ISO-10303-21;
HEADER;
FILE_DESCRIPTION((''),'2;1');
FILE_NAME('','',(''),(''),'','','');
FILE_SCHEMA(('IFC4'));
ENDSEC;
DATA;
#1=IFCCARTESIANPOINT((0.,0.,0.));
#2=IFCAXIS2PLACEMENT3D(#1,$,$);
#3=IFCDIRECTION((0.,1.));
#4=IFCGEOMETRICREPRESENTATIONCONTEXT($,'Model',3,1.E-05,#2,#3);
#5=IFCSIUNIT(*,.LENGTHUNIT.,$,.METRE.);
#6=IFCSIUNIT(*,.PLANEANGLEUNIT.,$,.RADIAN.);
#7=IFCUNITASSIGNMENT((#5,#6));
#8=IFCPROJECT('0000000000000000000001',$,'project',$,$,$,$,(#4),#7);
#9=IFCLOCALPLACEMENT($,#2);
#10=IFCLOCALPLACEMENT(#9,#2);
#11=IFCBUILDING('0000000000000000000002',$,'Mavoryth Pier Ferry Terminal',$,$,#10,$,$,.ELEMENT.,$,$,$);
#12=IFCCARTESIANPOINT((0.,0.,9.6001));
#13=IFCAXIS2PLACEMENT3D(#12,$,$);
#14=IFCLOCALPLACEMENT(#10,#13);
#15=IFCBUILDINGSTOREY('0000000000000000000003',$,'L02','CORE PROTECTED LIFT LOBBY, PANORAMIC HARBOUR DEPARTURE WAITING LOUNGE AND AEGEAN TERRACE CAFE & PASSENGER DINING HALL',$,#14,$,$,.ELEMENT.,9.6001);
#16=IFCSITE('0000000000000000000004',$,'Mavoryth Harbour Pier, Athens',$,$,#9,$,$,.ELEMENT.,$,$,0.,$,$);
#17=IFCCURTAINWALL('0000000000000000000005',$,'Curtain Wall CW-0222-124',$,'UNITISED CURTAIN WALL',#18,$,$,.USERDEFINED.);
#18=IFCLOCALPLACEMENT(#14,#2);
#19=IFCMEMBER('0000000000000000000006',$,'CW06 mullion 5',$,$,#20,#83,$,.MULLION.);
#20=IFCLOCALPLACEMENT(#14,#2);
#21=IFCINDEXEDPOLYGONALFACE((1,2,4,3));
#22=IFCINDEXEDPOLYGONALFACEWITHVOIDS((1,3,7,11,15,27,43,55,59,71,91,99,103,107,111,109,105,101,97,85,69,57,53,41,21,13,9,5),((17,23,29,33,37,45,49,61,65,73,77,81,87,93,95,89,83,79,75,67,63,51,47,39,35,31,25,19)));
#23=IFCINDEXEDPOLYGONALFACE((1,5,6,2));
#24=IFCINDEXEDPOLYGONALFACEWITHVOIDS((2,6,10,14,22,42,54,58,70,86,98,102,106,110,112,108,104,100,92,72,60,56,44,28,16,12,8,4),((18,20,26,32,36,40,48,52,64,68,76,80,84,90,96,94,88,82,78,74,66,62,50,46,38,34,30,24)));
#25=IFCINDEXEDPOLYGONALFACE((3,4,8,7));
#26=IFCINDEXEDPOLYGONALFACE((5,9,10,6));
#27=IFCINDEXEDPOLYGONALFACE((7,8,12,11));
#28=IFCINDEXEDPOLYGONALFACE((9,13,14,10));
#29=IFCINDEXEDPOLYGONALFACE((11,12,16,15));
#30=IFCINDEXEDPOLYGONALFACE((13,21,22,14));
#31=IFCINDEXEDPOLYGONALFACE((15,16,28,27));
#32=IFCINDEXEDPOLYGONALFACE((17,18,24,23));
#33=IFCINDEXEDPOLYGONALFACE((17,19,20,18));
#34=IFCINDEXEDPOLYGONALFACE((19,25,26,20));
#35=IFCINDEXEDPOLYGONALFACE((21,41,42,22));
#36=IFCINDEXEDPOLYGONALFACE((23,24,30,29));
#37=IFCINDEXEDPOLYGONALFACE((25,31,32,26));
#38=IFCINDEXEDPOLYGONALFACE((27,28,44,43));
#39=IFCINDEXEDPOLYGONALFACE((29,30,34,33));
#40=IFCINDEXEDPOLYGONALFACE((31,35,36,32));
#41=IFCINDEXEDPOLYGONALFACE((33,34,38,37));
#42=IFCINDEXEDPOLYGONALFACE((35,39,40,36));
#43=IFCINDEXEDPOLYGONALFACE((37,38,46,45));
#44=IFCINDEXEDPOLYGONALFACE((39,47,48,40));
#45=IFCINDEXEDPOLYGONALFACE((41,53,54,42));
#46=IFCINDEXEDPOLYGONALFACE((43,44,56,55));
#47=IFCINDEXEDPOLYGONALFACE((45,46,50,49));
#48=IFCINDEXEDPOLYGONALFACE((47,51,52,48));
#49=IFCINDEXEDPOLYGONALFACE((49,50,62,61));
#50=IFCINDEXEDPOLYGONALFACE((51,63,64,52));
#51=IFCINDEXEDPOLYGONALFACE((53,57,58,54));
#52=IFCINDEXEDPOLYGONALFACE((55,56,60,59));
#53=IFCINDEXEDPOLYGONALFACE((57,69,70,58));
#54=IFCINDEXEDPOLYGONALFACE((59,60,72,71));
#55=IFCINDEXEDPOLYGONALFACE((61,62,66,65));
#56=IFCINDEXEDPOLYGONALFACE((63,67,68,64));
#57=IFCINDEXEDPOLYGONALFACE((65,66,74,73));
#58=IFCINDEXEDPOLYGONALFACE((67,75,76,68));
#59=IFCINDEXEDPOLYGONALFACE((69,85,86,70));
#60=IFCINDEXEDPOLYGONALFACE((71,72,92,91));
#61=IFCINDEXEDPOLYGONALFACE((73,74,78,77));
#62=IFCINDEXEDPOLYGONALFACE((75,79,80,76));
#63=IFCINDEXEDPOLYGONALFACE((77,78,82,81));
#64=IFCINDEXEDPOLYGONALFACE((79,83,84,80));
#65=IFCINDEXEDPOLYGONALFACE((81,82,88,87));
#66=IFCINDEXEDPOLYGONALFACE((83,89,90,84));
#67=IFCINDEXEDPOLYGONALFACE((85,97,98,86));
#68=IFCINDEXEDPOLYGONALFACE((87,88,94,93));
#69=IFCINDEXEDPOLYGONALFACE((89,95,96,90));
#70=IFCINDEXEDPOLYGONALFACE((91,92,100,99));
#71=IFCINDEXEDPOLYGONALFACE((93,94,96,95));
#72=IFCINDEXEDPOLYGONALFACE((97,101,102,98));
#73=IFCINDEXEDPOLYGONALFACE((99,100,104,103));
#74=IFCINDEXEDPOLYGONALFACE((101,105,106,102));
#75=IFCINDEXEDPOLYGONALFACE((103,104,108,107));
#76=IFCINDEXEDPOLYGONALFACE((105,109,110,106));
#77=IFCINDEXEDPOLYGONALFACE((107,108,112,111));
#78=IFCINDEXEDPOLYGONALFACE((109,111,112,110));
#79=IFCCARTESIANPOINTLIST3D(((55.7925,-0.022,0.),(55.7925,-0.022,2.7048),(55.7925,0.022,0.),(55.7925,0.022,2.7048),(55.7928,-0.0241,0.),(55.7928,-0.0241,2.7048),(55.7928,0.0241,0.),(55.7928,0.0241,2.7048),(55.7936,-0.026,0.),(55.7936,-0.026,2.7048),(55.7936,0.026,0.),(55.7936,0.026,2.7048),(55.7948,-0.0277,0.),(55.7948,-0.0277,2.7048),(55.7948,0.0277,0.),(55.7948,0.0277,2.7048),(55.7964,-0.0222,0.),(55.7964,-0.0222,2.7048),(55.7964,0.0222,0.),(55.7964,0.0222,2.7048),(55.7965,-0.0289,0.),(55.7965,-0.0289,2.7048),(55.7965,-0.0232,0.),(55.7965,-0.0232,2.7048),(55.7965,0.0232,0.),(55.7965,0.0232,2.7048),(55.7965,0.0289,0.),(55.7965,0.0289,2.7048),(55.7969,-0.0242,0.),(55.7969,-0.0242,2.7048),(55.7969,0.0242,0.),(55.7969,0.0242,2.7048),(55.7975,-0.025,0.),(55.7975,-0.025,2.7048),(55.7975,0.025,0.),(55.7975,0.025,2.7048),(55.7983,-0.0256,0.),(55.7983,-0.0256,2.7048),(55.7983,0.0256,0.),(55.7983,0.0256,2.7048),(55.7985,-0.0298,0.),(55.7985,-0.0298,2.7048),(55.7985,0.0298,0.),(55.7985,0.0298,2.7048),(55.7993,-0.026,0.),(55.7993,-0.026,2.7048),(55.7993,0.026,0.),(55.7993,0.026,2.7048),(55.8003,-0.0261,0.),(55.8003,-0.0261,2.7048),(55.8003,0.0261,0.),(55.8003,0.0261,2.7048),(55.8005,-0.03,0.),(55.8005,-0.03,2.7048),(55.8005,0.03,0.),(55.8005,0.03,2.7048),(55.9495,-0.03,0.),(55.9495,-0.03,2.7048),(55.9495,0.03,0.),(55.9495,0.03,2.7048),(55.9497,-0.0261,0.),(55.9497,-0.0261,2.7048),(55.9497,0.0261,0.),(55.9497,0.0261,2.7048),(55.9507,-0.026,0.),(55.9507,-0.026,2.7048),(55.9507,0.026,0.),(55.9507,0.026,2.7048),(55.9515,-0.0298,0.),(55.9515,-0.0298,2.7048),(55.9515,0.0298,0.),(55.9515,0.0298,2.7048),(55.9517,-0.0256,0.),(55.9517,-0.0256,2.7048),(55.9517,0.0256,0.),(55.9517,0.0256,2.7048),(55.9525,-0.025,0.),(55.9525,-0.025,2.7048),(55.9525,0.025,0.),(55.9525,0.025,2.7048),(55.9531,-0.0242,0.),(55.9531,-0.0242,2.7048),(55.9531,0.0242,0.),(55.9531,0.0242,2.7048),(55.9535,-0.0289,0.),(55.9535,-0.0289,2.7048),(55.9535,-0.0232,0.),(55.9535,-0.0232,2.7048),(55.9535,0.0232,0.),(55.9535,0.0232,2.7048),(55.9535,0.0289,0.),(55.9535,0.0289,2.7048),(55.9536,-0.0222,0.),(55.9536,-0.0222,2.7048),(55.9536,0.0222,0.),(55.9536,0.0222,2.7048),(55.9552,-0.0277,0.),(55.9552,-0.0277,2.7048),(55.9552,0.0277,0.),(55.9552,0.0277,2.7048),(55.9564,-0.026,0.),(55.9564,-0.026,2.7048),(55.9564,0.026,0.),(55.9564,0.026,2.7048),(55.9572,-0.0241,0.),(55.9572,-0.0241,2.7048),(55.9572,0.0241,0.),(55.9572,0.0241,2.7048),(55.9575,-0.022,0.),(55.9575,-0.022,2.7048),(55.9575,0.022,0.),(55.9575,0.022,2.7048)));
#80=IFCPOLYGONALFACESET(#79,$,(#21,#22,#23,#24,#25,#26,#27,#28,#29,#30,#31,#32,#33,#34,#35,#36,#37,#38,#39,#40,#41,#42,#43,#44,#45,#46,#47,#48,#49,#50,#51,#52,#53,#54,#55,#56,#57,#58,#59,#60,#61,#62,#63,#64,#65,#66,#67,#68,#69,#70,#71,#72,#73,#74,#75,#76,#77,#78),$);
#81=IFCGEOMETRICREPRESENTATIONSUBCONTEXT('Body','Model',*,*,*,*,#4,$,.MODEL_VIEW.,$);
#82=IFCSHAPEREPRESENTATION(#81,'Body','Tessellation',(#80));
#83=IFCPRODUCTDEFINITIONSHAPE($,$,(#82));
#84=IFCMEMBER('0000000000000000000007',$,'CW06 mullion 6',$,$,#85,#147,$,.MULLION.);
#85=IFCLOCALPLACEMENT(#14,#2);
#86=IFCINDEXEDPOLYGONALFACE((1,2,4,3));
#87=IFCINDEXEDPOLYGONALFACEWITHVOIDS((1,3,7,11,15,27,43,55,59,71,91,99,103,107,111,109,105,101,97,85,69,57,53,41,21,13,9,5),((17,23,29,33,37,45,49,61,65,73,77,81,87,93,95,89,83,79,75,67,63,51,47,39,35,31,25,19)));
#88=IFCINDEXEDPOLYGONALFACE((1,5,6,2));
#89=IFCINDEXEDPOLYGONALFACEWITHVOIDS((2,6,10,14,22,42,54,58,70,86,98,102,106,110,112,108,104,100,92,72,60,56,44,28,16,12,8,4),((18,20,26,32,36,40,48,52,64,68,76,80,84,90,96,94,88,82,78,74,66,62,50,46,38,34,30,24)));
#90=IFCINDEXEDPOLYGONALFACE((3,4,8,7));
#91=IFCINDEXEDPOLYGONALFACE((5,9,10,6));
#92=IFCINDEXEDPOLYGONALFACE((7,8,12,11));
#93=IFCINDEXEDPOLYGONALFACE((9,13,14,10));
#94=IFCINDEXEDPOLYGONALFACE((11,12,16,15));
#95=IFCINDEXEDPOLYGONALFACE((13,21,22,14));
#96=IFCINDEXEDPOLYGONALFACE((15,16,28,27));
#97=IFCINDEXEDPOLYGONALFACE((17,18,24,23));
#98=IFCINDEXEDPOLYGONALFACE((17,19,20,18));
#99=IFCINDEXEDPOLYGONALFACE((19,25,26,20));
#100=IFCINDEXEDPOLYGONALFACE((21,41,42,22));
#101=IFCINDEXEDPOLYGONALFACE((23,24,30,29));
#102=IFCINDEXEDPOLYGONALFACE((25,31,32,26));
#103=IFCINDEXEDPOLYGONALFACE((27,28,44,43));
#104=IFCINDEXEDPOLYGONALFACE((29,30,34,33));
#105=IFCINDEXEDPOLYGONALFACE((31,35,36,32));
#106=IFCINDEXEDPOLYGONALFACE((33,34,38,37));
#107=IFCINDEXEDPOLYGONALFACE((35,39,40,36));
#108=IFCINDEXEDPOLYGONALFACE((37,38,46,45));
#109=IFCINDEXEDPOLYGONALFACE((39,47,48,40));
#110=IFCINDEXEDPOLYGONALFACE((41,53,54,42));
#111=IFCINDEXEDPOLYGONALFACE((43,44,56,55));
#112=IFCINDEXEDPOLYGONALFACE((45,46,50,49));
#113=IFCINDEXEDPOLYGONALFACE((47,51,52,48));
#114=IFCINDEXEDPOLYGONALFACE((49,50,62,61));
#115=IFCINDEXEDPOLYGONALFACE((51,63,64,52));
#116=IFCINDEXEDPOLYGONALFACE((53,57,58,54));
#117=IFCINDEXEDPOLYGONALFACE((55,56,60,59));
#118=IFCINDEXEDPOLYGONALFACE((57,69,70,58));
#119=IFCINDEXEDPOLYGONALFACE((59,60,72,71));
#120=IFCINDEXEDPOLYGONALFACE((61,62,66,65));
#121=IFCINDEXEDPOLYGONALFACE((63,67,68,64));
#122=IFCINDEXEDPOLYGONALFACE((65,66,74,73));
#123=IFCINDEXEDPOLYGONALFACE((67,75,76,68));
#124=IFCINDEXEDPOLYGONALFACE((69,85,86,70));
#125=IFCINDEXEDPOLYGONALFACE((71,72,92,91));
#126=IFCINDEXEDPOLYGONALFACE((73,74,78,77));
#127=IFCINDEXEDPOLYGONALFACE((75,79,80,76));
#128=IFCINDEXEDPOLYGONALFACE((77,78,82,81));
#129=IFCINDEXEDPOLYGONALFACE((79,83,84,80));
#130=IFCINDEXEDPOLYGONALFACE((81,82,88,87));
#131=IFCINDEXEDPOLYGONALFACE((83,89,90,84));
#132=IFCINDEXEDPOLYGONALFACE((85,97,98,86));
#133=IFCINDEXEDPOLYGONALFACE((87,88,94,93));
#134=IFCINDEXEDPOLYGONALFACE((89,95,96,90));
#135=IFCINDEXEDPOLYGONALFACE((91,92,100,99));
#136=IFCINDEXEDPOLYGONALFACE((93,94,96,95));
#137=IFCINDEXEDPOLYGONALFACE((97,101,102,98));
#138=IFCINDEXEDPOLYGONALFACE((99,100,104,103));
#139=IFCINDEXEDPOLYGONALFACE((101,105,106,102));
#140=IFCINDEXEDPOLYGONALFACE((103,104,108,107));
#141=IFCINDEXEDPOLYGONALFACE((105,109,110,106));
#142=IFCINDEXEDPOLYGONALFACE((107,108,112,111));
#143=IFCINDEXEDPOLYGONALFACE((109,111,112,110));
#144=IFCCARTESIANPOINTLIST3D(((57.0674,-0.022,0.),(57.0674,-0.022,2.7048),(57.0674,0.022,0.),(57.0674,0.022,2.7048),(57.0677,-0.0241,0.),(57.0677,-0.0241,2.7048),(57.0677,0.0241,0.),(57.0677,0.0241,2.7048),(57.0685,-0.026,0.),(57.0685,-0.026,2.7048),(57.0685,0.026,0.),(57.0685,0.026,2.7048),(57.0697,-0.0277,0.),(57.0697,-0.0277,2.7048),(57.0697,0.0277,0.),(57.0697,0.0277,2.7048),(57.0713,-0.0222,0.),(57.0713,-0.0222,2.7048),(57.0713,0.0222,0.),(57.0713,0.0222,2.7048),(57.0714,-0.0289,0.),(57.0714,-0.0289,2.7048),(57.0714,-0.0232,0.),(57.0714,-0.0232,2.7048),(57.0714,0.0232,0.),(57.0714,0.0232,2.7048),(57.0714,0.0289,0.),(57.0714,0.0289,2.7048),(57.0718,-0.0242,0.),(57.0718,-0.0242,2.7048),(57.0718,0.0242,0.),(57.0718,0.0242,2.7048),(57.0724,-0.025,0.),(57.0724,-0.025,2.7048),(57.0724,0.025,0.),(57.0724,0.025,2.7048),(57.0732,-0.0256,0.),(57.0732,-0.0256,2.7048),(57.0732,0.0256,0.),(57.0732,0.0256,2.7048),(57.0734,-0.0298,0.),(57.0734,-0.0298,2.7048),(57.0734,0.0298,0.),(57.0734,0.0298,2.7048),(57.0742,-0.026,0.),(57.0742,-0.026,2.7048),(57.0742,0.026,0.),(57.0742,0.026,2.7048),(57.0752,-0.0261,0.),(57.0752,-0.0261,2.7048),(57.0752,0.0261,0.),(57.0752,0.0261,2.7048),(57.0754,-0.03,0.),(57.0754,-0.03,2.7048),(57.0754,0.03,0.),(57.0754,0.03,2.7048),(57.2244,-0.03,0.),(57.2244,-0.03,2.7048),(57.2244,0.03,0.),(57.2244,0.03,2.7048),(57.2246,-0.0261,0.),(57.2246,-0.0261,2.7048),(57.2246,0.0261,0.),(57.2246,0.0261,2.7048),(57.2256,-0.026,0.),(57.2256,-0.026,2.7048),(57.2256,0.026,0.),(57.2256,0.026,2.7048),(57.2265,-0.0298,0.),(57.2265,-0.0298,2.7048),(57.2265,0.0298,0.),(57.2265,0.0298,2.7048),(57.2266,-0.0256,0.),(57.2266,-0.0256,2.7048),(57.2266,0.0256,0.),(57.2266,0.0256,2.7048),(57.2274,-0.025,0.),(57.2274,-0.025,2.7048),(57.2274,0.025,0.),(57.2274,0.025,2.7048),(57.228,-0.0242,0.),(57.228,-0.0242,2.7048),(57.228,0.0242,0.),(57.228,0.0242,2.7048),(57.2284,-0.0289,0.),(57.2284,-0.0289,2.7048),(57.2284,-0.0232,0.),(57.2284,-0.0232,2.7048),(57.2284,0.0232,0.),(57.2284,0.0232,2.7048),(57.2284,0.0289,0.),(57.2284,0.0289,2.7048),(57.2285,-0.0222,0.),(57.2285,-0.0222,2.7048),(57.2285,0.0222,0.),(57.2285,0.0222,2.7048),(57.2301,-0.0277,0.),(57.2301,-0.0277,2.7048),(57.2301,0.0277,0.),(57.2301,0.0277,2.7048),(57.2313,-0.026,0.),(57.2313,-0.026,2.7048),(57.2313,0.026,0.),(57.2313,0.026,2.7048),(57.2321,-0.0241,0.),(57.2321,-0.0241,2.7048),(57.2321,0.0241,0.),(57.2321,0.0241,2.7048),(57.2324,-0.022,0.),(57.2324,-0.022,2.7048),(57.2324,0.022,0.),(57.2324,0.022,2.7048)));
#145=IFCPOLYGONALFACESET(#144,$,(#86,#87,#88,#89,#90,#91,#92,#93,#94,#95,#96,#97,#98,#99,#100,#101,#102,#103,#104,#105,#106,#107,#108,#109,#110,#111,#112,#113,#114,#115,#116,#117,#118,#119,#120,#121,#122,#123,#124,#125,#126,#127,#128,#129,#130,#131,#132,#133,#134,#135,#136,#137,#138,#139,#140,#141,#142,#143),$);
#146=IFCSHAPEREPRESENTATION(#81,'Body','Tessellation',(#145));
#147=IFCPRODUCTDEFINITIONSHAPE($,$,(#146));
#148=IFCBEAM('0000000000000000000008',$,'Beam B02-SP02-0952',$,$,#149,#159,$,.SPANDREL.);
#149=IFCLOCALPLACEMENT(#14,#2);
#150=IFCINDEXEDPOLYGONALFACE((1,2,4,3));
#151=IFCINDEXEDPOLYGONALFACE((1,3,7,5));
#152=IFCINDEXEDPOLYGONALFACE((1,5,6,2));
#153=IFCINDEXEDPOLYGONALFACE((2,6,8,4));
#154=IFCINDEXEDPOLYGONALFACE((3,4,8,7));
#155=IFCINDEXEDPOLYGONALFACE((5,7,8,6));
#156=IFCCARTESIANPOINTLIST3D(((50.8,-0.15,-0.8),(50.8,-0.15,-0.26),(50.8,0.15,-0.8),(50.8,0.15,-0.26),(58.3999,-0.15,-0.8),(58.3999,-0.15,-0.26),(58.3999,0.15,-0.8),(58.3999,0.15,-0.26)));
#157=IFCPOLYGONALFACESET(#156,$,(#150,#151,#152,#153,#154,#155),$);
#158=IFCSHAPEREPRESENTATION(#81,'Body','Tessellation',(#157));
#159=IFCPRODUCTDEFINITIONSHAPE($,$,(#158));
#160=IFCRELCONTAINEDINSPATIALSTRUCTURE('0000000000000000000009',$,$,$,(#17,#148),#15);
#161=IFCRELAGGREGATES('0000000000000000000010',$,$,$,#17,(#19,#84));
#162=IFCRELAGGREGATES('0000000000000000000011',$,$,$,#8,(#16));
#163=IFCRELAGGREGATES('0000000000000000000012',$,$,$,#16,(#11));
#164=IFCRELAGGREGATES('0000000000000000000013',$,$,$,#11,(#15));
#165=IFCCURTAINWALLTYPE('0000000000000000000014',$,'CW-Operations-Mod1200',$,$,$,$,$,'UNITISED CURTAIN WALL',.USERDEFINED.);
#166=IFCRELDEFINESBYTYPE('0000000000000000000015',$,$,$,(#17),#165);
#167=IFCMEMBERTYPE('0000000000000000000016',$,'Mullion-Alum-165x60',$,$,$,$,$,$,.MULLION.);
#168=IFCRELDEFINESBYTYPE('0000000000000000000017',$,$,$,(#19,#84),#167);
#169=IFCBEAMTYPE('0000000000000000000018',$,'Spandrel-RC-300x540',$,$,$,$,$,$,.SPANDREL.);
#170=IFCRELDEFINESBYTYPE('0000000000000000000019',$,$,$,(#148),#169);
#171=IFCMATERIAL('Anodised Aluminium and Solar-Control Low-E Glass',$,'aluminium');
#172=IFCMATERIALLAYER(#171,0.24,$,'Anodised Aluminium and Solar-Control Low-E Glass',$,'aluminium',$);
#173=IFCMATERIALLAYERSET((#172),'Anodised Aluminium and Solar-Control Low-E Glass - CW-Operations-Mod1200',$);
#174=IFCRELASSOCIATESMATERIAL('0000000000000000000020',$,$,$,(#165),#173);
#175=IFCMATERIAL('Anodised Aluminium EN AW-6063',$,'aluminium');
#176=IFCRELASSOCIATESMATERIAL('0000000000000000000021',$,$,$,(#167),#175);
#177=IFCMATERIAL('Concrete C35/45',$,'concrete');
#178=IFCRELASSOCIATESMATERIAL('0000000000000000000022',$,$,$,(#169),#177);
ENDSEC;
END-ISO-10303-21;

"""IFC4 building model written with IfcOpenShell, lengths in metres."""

from ifc_helpers import new_model, si_unit, direction, frame, origin, origin_2d, place, context, subcontext, project, spatial, rectangle, hollow_rectangle, extrude, material, layer, layer_set, material_profile, profile_set, type_object, element, aggregate, save


model = new_model("IFC4")

# Units and contexts
model_context = context("Model", 3, precision=1e-05, world=origin(), true_north=direction((0.0, 1.0)))
body_context = subcontext(model_context, "Body", "Model", "MODEL_VIEW")
ifc_project = project(units=[si_unit("LENGTHUNIT", "METRE"), si_unit("PLANEANGLEUNIT", "RADIAN")], contexts=[model_context])

# Site, building, storey
site_placement = place(None, origin())
site = spatial("IfcSite", under=ifc_project, at=site_placement, Name="Mavoryth Harbour Pier, Athens", CompositionType="ELEMENT", RefElevation=0.0)
building_placement = place(site_placement, origin())
building = spatial("IfcBuilding", under=site, at=building_placement, Name="Mavoryth Pier Ferry Terminal", CompositionType="ELEMENT")
storey_placement = place(building_placement, frame((0.0, 0.0, 9.6001)))
storey = spatial("IfcBuildingStorey", under=building, at=storey_placement, Name="L02", Description="CORE PROTECTED LIFT LOBBY, PANORAMIC HARBOUR DEPARTURE WAITING LOUNGE AND AEGEAN TERRACE CAFE & PASSENGER DINING HALL", CompositionType="ELEMENT", Elevation=9.6001)

# Curtain wall, members
ifc_material_1 = material(Name="Anodised Aluminium and Solar-Control Low-E Glass", Category="aluminium")
ifc_layer_1 = layer(ifc_material_1, 0.24, Name="Anodised Aluminium and Solar-Control Low-E Glass", Category="aluminium")
ifc_layer_set_1 = layer_set([ifc_layer_1], Name="Anodised Aluminium and Solar-Control Low-E Glass - CW-Operations-Mod1200")
curtain_wall_type = type_object("IfcCurtainWallType", Name="CW-Operations-Mod1200", ElementType="UNITISED CURTAIN WALL", PredefinedType="USERDEFINED", material=ifc_layer_set_1)
curtain_wall_placement = place(storey_placement, origin())
curtain_wall = element("IfcCurtainWall", 1, at=curtain_wall_placement, inside=storey, type_object=curtain_wall_type, Name="Curtain Wall CW-0222-124", ObjectType="UNITISED CURTAIN WALL", PredefinedType="USERDEFINED")
ifc_material_2 = material(Name="Anodised Aluminium EN AW-6063", Category="aluminium")
ifc_material_profile_1 = material_profile(ifc_material_2, hollow_rectangle(XDim=0.0601, YDim=0.165, WallThickness=0.0039, InnerFilletRadius=0.0039, OuterFilletRadius=0.0081, at=origin_2d()), Name="AL-MULL 165x60x4", Category="aluminium")
ifc_profile_set_1 = profile_set([ifc_material_profile_1], Name="Anodised Aluminium EN AW-6063 - AL-MULL 165x60x4")
member_type_1 = type_object("IfcMemberType", Name="Mullion-Alum-165x60", PredefinedType="MULLION", material=ifc_profile_set_1)
member_1_placement = place(storey_placement, frame((55.875, 0.0, 0.0), z_axis=(0.0, 0.0, 1.0), x_axis=(0.0, 1.0, 0.0)))
member_1 = element("IfcMember", 2, at=member_1_placement, type_object=member_type_1, Name="CW06 mullion 5", PredefinedType="MULLION", context=body_context, shape_type="SweptSolid", body=[
    extrude(hollow_rectangle(XDim=0.0601, YDim=0.165, WallThickness=0.0039, InnerFilletRadius=0.0039, OuterFilletRadius=0.0081, at=origin_2d()), origin(), (0.0, 0.0, 1.0), 2.7048),
])
member_2_placement = place(storey_placement, frame((57.1499, 0.0, 0.0), z_axis=(0.0, 0.0, 1.0), x_axis=(0.0, 1.0, 0.0)))
member_2 = element("IfcMember", 3, at=member_2_placement, type_object=member_type_1, Name="CW06 mullion 6", PredefinedType="MULLION", context=body_context, shape_type="SweptSolid", body=[
    extrude(hollow_rectangle(XDim=0.0601, YDim=0.165, WallThickness=0.0039, InnerFilletRadius=0.0039, OuterFilletRadius=0.0081, at=origin_2d()), origin(), (0.0, 0.0, 1.0), 2.7048),
])

# Beam
ifc_material_3 = material(Name="Concrete C35/45", Category="concrete")
ifc_material_profile_2 = material_profile(ifc_material_3, rectangle(XDim=0.3, YDim=0.54, at=origin_2d()), Name="RC 300x540", Category="concrete")
ifc_profile_set_2 = profile_set([ifc_material_profile_2], Name="Concrete C35/45 - RC 300x540")
beam_type = type_object("IfcBeamType", Name="Spandrel-RC-300x540", PredefinedType="SPANDREL", material=ifc_profile_set_2)
beam_placement = place(storey_placement, frame((50.8, 0.0, -0.53), z_axis=(1.0, 0.0, 0.0), x_axis=(0.0, 1.0, 0.0)))
element("IfcBeam", 4, at=beam_placement, inside=storey, type_object=beam_type, Name="Beam B02-SP02-0952", PredefinedType="SPANDREL", context=body_context, shape_type="SweptSolid", body=[
    extrude(rectangle(XDim=0.3, YDim=0.54, at=origin_2d()), origin(), (0.0, 0.0, 1.0), 7.5999),
])

aggregate(curtain_wall, [member_1, member_2])

save(model, "model.ifc")
